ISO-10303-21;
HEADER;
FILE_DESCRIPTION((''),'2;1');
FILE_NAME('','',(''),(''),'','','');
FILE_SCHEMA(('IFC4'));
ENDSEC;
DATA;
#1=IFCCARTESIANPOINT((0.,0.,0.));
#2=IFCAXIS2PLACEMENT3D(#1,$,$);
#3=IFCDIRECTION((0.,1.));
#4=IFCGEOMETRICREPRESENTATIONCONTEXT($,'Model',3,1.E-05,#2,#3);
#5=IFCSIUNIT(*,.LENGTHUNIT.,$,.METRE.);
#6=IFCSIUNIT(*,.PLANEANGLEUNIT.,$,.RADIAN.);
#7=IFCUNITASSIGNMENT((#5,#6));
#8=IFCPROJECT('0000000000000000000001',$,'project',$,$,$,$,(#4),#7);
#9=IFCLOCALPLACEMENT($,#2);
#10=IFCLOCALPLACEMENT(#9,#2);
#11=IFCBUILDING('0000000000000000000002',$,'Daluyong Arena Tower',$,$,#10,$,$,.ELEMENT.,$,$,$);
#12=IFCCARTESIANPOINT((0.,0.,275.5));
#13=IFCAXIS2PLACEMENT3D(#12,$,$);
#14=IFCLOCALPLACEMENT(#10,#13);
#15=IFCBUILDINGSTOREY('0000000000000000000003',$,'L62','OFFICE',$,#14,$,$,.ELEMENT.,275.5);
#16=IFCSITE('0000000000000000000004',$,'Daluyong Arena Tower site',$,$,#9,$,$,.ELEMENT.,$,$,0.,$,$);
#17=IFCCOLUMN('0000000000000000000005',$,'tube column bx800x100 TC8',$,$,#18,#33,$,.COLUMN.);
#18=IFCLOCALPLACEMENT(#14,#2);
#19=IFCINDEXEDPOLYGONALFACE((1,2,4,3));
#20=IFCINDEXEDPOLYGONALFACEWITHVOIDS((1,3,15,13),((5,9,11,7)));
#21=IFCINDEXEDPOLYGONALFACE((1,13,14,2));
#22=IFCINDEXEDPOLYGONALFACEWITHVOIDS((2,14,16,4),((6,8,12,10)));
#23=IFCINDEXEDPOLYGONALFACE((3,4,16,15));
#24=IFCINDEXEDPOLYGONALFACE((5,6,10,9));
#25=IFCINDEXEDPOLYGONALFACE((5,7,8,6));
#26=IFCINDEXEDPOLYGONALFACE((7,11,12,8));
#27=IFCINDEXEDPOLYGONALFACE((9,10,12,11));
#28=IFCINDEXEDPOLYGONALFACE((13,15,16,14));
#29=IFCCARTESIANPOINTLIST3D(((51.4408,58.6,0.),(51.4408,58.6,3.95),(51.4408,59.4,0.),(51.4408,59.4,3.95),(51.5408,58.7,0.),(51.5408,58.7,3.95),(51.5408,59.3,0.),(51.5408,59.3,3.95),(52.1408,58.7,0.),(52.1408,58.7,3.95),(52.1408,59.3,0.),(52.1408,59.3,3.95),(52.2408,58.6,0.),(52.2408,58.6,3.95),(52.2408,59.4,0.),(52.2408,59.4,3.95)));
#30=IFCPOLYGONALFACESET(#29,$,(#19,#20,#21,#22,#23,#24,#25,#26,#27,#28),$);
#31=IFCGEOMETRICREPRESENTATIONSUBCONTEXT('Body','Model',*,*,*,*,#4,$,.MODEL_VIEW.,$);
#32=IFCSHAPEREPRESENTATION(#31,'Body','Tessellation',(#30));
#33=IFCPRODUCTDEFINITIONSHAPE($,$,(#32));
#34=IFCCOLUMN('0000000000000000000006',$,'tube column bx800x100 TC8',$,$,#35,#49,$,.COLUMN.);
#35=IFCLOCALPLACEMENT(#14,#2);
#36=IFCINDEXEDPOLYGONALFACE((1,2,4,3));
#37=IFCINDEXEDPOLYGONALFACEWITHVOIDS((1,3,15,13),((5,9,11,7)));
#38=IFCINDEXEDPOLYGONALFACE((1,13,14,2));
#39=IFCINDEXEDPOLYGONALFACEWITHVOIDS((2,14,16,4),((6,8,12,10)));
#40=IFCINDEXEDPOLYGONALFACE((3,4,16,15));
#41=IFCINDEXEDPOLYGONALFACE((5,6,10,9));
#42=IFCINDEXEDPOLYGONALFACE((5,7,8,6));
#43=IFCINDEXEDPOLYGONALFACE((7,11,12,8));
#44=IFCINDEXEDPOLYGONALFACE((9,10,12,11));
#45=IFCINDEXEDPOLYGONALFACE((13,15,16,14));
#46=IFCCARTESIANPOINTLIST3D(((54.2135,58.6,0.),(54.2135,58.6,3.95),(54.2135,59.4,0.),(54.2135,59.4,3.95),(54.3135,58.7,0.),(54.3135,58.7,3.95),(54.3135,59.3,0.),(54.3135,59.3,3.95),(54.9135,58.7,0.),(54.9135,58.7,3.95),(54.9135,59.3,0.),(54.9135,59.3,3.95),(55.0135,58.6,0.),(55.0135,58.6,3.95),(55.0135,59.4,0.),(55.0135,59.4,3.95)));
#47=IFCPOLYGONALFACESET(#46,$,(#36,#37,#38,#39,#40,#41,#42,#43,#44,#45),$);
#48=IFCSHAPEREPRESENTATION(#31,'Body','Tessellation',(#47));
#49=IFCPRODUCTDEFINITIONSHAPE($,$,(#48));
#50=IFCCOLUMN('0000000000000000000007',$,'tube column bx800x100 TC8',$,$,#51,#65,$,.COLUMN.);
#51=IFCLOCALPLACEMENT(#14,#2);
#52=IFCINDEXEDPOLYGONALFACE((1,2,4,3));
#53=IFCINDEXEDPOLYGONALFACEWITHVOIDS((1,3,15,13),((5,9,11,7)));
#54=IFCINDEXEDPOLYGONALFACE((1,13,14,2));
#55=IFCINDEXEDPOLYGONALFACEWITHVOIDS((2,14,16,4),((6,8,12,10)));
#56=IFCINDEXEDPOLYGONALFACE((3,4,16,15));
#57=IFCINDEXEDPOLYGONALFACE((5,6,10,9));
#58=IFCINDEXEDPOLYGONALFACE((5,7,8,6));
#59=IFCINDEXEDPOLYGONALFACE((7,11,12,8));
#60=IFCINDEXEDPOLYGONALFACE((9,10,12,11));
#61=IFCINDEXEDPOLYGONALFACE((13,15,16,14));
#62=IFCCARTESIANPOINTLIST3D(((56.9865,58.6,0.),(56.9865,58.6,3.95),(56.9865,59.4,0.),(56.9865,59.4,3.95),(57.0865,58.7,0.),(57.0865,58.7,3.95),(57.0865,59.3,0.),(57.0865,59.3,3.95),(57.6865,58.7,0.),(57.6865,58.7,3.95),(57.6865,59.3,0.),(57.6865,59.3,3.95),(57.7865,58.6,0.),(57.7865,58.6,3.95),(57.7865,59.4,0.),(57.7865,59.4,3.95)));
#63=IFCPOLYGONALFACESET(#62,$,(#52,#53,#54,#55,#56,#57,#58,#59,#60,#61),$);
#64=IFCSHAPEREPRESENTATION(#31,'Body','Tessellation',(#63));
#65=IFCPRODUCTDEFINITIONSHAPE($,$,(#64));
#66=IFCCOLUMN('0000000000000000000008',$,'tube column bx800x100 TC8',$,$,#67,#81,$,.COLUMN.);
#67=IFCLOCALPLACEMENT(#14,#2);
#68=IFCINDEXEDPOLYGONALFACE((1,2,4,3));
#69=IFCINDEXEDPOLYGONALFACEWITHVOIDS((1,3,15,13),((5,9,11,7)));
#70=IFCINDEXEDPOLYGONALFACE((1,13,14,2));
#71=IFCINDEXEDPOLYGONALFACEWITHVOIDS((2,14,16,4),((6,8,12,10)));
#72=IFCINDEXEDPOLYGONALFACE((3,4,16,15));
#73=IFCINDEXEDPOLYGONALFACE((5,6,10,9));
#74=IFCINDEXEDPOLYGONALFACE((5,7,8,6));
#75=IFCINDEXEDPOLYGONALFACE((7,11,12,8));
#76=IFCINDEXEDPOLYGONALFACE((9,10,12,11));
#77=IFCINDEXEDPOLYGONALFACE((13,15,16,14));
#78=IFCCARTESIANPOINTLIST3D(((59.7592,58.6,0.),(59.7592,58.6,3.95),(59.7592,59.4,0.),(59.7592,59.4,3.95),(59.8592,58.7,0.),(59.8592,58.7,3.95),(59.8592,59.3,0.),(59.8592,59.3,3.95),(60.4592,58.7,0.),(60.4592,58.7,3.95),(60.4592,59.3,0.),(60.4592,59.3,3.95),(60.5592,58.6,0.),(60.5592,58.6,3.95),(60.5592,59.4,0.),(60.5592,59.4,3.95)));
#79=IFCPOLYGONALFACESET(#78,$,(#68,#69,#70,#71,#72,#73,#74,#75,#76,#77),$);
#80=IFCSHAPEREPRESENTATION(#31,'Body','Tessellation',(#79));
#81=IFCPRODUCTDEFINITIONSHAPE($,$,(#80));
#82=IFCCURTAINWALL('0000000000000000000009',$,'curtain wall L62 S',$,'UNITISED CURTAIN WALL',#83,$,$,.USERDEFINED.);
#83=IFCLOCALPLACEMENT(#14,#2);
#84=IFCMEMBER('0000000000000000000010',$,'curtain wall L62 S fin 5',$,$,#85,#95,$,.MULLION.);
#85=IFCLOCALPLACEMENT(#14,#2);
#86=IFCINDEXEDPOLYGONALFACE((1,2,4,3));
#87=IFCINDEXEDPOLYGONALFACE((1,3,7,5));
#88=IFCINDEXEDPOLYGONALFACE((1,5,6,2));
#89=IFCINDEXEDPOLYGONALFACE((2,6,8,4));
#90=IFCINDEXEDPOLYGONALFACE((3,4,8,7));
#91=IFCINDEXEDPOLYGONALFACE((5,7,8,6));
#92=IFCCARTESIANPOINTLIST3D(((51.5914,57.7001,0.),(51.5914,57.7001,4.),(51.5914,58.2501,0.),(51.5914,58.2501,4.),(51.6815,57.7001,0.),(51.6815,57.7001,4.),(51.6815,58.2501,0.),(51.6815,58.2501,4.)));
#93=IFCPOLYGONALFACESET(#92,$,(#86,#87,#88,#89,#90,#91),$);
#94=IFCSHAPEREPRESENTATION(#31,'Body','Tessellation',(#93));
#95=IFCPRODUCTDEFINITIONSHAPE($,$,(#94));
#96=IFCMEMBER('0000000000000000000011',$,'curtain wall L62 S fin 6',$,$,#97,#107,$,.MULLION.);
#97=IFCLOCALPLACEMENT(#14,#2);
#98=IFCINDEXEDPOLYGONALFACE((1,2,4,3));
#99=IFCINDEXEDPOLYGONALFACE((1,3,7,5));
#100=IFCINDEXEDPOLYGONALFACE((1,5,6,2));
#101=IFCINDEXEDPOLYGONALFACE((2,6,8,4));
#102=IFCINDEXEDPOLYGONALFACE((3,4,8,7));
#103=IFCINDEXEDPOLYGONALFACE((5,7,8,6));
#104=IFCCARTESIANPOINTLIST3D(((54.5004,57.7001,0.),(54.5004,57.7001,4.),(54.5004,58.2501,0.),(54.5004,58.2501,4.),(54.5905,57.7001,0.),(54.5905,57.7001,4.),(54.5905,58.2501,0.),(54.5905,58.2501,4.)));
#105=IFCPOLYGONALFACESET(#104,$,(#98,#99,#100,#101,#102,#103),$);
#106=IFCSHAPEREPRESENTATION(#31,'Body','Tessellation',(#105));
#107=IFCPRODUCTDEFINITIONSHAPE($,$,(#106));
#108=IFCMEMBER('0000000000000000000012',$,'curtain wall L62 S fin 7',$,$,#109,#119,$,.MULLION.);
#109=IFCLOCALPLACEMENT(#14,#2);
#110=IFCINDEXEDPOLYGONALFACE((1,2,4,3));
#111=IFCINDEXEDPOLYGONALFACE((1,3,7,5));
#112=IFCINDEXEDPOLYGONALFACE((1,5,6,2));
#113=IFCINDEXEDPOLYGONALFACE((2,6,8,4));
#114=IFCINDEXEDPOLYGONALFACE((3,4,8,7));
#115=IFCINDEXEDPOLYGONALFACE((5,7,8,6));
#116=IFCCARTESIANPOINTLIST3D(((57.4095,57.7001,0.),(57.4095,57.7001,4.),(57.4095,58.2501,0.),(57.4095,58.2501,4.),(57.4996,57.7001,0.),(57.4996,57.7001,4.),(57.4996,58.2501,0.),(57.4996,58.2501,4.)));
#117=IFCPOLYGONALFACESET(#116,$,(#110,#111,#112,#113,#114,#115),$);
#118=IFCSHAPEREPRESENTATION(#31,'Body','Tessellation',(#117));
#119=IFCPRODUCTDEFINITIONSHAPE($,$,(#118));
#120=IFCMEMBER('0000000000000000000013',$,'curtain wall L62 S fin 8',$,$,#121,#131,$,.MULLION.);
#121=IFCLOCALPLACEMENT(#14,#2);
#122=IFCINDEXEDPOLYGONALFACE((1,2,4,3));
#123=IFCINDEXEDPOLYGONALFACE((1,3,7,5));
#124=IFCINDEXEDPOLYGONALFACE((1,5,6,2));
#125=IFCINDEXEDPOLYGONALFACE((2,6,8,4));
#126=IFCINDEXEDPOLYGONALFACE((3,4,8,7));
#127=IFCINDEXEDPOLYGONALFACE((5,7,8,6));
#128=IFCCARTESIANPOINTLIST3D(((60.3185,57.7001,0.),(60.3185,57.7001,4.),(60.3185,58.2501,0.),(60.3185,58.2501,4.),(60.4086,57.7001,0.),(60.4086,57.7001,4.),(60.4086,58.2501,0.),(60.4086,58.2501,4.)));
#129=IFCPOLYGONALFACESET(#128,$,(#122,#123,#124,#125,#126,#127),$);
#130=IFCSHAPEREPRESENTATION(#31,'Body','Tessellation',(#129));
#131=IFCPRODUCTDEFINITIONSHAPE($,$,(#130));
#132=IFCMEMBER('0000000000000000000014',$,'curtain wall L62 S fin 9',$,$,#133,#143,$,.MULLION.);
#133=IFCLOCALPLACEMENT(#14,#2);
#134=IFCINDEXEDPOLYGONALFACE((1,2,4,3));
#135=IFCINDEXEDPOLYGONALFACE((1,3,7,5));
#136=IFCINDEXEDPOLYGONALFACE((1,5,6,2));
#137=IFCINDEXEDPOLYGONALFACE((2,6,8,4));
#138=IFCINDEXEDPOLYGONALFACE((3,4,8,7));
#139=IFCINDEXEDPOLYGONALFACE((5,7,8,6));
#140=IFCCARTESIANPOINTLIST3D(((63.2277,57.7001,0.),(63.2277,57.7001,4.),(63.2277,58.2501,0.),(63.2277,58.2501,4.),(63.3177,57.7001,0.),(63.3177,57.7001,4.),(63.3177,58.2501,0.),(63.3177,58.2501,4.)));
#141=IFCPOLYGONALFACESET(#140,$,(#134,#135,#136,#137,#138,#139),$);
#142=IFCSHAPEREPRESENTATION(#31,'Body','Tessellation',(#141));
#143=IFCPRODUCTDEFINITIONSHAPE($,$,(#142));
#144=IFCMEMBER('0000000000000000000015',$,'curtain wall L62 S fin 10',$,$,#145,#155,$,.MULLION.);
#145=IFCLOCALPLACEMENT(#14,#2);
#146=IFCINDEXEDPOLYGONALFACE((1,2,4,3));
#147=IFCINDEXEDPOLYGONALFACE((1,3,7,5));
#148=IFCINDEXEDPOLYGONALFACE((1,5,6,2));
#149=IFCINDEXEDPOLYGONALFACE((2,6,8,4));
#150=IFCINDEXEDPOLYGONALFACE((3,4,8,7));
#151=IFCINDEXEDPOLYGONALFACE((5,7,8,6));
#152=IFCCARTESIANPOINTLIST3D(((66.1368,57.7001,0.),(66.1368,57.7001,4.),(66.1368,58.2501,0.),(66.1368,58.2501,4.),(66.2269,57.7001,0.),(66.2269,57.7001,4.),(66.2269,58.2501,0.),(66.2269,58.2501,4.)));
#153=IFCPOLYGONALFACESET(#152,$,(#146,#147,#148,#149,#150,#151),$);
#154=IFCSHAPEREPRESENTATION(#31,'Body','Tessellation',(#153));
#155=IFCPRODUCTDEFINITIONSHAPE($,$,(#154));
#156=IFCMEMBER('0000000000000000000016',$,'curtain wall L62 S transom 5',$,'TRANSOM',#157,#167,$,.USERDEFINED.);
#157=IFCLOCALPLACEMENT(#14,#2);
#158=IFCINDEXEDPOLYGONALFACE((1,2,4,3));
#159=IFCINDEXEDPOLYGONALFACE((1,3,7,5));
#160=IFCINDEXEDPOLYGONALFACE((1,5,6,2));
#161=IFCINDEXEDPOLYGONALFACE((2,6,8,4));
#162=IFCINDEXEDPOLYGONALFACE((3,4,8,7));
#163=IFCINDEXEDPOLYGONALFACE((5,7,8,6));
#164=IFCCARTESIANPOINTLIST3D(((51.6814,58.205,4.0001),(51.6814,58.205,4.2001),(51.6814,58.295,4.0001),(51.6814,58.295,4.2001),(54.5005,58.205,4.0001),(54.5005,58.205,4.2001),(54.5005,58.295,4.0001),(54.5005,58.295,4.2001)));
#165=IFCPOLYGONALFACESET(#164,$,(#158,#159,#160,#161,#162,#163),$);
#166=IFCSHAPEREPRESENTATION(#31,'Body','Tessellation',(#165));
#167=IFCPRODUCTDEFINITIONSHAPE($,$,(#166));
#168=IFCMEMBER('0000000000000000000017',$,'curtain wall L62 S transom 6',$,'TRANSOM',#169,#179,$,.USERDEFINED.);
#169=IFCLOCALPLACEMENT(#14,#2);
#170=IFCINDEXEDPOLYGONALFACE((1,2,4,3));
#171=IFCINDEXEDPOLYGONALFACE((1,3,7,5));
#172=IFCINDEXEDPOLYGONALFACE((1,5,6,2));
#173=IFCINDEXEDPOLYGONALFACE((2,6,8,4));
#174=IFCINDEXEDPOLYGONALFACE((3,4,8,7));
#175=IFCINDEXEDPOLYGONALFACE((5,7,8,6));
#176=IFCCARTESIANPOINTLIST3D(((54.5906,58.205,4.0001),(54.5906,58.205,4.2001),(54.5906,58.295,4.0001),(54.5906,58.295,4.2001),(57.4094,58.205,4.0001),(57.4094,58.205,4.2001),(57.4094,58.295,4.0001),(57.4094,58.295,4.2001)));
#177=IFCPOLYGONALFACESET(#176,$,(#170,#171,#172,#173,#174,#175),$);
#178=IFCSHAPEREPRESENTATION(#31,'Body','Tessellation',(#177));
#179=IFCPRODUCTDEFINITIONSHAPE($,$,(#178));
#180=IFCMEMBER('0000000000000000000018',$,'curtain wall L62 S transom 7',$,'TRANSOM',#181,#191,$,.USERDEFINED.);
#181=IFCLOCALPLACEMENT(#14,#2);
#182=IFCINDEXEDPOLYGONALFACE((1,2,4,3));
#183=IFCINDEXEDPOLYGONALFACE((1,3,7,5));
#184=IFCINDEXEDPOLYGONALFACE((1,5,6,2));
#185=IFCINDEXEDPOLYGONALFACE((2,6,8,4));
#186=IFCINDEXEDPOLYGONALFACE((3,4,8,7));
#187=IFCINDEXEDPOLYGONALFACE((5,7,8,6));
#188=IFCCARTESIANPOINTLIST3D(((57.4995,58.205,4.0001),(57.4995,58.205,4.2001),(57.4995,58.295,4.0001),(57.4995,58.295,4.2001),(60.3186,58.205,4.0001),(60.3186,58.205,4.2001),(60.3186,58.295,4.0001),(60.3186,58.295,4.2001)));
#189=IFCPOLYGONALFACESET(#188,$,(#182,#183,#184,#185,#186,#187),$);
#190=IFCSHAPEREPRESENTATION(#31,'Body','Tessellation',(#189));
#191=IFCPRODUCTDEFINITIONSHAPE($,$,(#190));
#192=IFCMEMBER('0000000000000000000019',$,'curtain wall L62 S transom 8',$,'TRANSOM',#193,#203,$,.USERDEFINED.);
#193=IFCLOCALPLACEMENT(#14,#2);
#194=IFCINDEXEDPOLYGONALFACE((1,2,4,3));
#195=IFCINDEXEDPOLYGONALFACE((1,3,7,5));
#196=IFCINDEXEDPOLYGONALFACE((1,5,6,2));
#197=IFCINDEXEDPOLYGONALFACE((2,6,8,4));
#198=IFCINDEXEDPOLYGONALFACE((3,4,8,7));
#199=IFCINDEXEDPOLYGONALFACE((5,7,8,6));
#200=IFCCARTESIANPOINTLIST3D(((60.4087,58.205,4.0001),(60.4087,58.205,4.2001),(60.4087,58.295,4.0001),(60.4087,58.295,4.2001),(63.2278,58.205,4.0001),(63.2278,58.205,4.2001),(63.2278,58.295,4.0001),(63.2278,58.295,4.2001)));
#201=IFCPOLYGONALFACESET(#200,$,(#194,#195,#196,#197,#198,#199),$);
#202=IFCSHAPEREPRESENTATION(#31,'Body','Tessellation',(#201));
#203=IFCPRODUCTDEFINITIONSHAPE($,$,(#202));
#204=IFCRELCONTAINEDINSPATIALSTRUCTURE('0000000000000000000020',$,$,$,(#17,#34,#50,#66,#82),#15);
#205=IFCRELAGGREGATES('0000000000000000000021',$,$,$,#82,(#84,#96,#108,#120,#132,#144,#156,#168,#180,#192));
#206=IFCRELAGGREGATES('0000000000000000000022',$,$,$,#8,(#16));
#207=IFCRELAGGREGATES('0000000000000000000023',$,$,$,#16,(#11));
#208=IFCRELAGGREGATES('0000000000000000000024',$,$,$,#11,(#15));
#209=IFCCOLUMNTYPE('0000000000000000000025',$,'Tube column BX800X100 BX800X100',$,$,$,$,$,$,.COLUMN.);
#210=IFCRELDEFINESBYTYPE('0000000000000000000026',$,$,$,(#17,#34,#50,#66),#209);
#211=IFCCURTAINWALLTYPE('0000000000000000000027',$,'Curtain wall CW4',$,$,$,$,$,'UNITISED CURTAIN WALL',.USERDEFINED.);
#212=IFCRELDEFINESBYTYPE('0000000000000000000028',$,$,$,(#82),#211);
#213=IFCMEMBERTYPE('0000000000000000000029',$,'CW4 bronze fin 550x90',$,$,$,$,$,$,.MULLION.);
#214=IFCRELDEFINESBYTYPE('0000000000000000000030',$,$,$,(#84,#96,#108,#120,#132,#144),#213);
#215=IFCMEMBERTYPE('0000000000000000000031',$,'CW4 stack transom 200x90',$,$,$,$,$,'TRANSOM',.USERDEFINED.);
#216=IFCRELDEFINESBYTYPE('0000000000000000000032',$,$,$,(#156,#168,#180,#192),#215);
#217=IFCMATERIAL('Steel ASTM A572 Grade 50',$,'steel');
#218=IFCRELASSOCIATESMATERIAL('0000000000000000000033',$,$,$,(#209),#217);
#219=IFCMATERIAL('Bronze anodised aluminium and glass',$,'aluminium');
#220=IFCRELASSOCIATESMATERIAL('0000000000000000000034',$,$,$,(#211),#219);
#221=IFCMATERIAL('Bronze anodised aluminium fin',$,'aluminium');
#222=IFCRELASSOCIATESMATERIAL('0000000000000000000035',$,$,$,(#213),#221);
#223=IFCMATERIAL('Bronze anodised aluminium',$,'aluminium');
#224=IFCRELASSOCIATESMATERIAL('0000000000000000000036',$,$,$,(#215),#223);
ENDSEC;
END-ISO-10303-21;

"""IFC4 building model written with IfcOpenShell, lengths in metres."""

from ifc_helpers import new_model, si_unit, direction, frame, origin, origin_2d, place, context, subcontext, project, spatial, rectangle, hollow_rectangle, extrude, material, material_profile, profile_set, type_object, element, aggregate, save


model = new_model("IFC4")

# Units and contexts
model_context = context("Model", 3, precision=1e-05, world=origin(), true_north=direction((0.0, 1.0)))
body_context = subcontext(model_context, "Body", "Model", "MODEL_VIEW")
ifc_project = project(units=[si_unit("LENGTHUNIT", "METRE"), si_unit("PLANEANGLEUNIT", "RADIAN")], contexts=[model_context])

# Site, building, storey
site_placement = place(None, origin())
site = spatial("IfcSite", under=ifc_project, at=site_placement, Name="Daluyong Arena Tower site", CompositionType="ELEMENT", RefElevation=0.0)
building_placement = place(site_placement, origin())
building = spatial("IfcBuilding", under=site, at=building_placement, Name="Daluyong Arena Tower", CompositionType="ELEMENT")
storey_placement = place(building_placement, frame((0.0, 0.0, 275.5)))
storey = spatial("IfcBuildingStorey", under=building, at=storey_placement, Name="L62", Description="OFFICE", CompositionType="ELEMENT", Elevation=275.5)

# Columns
ifc_material_1 = material(Name="Steel ASTM A572 Grade 50", Category="steel")
ifc_material_profile_1 = material_profile(ifc_material_1, hollow_rectangle(XDim=0.8, YDim=0.8, WallThickness=0.1, at=origin_2d()))
ifc_profile_set_1 = profile_set([ifc_material_profile_1], Name="Steel ASTM A572 Grade 50")
column_type = type_object("IfcColumnType", Name="Tube column BX800X100 BX800X100", PredefinedType="COLUMN", material=ifc_profile_set_1)
for number, where, z_axis, x_axis, name in (
    (1, (51.8408, 59.0, 0.0), (0.0, 0.0, 1.0), (1.0, 0.0, 0.0), "tube column bx800x100 TC8"),
    (2, (54.6135, 59.0, 0.0), (0.0, 0.0, 1.0), (1.0, 0.0, 0.0), "tube column bx800x100 TC8"),
    (3, (57.3865, 59.0, 0.0), (0.0, 0.0, 1.0), (1.0, 0.0, 0.0), "tube column bx800x100 TC8"),
    (4, (60.1592, 59.0, 0.0), (0.0, 0.0, 1.0), (1.0, 0.0, 0.0), "tube column bx800x100 TC8"),
):
    element("IfcColumn", number, at=place(storey_placement, frame(where, z_axis=z_axis, x_axis=x_axis)), inside=storey, type_object=column_type, Name=name, PredefinedType="COLUMN", context=body_context, shape_type="SweptSolid", body=[
        extrude(hollow_rectangle(XDim=0.8, YDim=0.8, WallThickness=0.1, at=origin_2d()), origin(), (0.0, 0.0, 1.0), 3.95),
    ])

# Curtain wall, members
ifc_material_2 = material(Name="Bronze anodised aluminium and glass", Category="aluminium")
curtain_wall_type = type_object("IfcCurtainWallType", Name="Curtain wall CW4", ElementType="UNITISED CURTAIN WALL", PredefinedType="USERDEFINED", material=ifc_material_2)
curtain_wall_placement = place(storey_placement, origin())
curtain_wall = element("IfcCurtainWall", 5, at=curtain_wall_placement, inside=storey, type_object=curtain_wall_type, Name="curtain wall L62 S", ObjectType="UNITISED CURTAIN WALL", PredefinedType="USERDEFINED")
ifc_material_3 = material(Name="Bronze anodised aluminium fin", Category="aluminium")
ifc_material_profile_2 = material_profile(ifc_material_3, rectangle(XDim=0.55, YDim=0.0901, at=origin_2d()))
ifc_profile_set_2 = profile_set([ifc_material_profile_2], Name="Bronze anodised aluminium fin")
member_type_1 = type_object("IfcMemberType", Name="CW4 bronze fin 550x90", PredefinedType="MULLION", material=ifc_profile_set_2)
member_1_placement = place(storey_placement, frame((51.6365, 57.9751, 0.0), z_axis=(0.0, 0.0, 1.0), x_axis=(0.0, 1.0, 0.0)))
member_1 = element("IfcMember", 6, at=member_1_placement, type_object=member_type_1, Name="curtain wall L62 S fin 5", PredefinedType="MULLION", context=body_context, shape_type="SweptSolid", body=[
    extrude(rectangle(XDim=0.55, YDim=0.0901, at=origin_2d()), origin(), (0.0, 0.0, 1.0), 4.0),
])
member_2_placement = place(storey_placement, frame((54.5454, 57.9751, 0.0), z_axis=(0.0, 0.0, 1.0), x_axis=(0.0, 1.0, 0.0)))
member_2 = element("IfcMember", 7, at=member_2_placement, type_object=member_type_1, Name="curtain wall L62 S fin 6", PredefinedType="MULLION", context=body_context, shape_type="SweptSolid", body=[
    extrude(rectangle(XDim=0.55, YDim=0.0901, at=origin_2d()), origin(), (0.0, 0.0, 1.0), 4.0),
])
member_3_placement = place(storey_placement, frame((57.4546, 57.9751, 0.0), z_axis=(0.0, 0.0, 1.0), x_axis=(0.0, 1.0, 0.0)))
member_3 = element("IfcMember", 8, at=member_3_placement, type_object=member_type_1, Name="curtain wall L62 S fin 7", PredefinedType="MULLION", context=body_context, shape_type="SweptSolid", body=[
    extrude(rectangle(XDim=0.55, YDim=0.0901, at=origin_2d()), origin(), (0.0, 0.0, 1.0), 4.0),
])
member_4_placement = place(storey_placement, frame((60.3635, 57.9751, 0.0), z_axis=(0.0, 0.0, 1.0), x_axis=(0.0, 1.0, 0.0)))
member_4 = element("IfcMember", 9, at=member_4_placement, type_object=member_type_1, Name="curtain wall L62 S fin 8", PredefinedType="MULLION", context=body_context, shape_type="SweptSolid", body=[
    extrude(rectangle(XDim=0.55, YDim=0.0901, at=origin_2d()), origin(), (0.0, 0.0, 1.0), 4.0),
])
member_5_placement = place(storey_placement, frame((63.2727, 57.9751, 0.0), z_axis=(0.0, 0.0, 1.0), x_axis=(0.0, 1.0, 0.0)))
member_5 = element("IfcMember", 10, at=member_5_placement, type_object=member_type_1, Name="curtain wall L62 S fin 9", PredefinedType="MULLION", context=body_context, shape_type="SweptSolid", body=[
    extrude(rectangle(XDim=0.55, YDim=0.0901, at=origin_2d()), origin(), (0.0, 0.0, 1.0), 4.0),
])
member_6_placement = place(storey_placement, frame((66.1819, 57.9751, 0.0), z_axis=(0.0, 0.0, 1.0), x_axis=(0.0, 1.0, 0.0)))
member_6 = element("IfcMember", 11, at=member_6_placement, type_object=member_type_1, Name="curtain wall L62 S fin 10", PredefinedType="MULLION", context=body_context, shape_type="SweptSolid", body=[
    extrude(rectangle(XDim=0.55, YDim=0.0901, at=origin_2d()), origin(), (0.0, 0.0, 1.0), 4.0),
])
ifc_material_4 = material(Name="Bronze anodised aluminium", Category="aluminium")
ifc_material_profile_3 = material_profile(ifc_material_4, rectangle(XDim=0.0901, YDim=0.2, at=origin_2d()))
ifc_profile_set_3 = profile_set([ifc_material_profile_3], Name="Bronze anodised aluminium")
member_type_2 = type_object("IfcMemberType", Name="CW4 stack transom 200x90", ElementType="TRANSOM", PredefinedType="USERDEFINED", material=ifc_profile_set_3)
member_7_placement = place(storey_placement, frame((51.6814, 58.25, 4.1001), z_axis=(1.0, 0.0, 0.0), x_axis=(0.0, 1.0, 0.0)))
member_7 = element("IfcMember", 12, at=member_7_placement, type_object=member_type_2, Name="curtain wall L62 S transom 5", ObjectType="TRANSOM", PredefinedType="USERDEFINED", context=body_context, shape_type="SweptSolid", body=[
    extrude(rectangle(XDim=0.0901, YDim=0.2, at=origin_2d()), origin(), (0.0, 0.0, 1.0), 2.8191),
])
member_8_placement = place(storey_placement, frame((54.5906, 58.25, 4.1001), z_axis=(1.0, 0.0, 0.0), x_axis=(0.0, 1.0, 0.0)))
member_8 = element("IfcMember", 13, at=member_8_placement, type_object=member_type_2, Name="curtain wall L62 S transom 6", ObjectType="TRANSOM", PredefinedType="USERDEFINED", context=body_context, shape_type="SweptSolid", body=[
    extrude(rectangle(XDim=0.0901, YDim=0.2, at=origin_2d()), origin(), (0.0, 0.0, 1.0), 2.8188),
])
member_9_placement = place(storey_placement, frame((57.4995, 58.25, 4.1001), z_axis=(1.0, 0.0, 0.0), x_axis=(0.0, 1.0, 0.0)))
member_9 = element("IfcMember", 14, at=member_9_placement, type_object=member_type_2, Name="curtain wall L62 S transom 7", ObjectType="TRANSOM", PredefinedType="USERDEFINED", context=body_context, shape_type="SweptSolid", body=[
    extrude(rectangle(XDim=0.0901, YDim=0.2, at=origin_2d()), origin(), (0.0, 0.0, 1.0), 2.8191),
])
member_10_placement = place(storey_placement, frame((60.4087, 58.25, 4.1001), z_axis=(1.0, 0.0, 0.0), x_axis=(0.0, 1.0, 0.0)))
member_10 = element("IfcMember", 15, at=member_10_placement, type_object=member_type_2, Name="curtain wall L62 S transom 8", ObjectType="TRANSOM", PredefinedType="USERDEFINED", context=body_context, shape_type="SweptSolid", body=[
    extrude(rectangle(XDim=0.0901, YDim=0.2, at=origin_2d()), origin(), (0.0, 0.0, 1.0), 2.8191),
])

aggregate(curtain_wall, [member_1, member_2, member_3, member_4, member_5, member_6, member_7, member_8, member_9, member_10])

save(model, "model.ifc")
